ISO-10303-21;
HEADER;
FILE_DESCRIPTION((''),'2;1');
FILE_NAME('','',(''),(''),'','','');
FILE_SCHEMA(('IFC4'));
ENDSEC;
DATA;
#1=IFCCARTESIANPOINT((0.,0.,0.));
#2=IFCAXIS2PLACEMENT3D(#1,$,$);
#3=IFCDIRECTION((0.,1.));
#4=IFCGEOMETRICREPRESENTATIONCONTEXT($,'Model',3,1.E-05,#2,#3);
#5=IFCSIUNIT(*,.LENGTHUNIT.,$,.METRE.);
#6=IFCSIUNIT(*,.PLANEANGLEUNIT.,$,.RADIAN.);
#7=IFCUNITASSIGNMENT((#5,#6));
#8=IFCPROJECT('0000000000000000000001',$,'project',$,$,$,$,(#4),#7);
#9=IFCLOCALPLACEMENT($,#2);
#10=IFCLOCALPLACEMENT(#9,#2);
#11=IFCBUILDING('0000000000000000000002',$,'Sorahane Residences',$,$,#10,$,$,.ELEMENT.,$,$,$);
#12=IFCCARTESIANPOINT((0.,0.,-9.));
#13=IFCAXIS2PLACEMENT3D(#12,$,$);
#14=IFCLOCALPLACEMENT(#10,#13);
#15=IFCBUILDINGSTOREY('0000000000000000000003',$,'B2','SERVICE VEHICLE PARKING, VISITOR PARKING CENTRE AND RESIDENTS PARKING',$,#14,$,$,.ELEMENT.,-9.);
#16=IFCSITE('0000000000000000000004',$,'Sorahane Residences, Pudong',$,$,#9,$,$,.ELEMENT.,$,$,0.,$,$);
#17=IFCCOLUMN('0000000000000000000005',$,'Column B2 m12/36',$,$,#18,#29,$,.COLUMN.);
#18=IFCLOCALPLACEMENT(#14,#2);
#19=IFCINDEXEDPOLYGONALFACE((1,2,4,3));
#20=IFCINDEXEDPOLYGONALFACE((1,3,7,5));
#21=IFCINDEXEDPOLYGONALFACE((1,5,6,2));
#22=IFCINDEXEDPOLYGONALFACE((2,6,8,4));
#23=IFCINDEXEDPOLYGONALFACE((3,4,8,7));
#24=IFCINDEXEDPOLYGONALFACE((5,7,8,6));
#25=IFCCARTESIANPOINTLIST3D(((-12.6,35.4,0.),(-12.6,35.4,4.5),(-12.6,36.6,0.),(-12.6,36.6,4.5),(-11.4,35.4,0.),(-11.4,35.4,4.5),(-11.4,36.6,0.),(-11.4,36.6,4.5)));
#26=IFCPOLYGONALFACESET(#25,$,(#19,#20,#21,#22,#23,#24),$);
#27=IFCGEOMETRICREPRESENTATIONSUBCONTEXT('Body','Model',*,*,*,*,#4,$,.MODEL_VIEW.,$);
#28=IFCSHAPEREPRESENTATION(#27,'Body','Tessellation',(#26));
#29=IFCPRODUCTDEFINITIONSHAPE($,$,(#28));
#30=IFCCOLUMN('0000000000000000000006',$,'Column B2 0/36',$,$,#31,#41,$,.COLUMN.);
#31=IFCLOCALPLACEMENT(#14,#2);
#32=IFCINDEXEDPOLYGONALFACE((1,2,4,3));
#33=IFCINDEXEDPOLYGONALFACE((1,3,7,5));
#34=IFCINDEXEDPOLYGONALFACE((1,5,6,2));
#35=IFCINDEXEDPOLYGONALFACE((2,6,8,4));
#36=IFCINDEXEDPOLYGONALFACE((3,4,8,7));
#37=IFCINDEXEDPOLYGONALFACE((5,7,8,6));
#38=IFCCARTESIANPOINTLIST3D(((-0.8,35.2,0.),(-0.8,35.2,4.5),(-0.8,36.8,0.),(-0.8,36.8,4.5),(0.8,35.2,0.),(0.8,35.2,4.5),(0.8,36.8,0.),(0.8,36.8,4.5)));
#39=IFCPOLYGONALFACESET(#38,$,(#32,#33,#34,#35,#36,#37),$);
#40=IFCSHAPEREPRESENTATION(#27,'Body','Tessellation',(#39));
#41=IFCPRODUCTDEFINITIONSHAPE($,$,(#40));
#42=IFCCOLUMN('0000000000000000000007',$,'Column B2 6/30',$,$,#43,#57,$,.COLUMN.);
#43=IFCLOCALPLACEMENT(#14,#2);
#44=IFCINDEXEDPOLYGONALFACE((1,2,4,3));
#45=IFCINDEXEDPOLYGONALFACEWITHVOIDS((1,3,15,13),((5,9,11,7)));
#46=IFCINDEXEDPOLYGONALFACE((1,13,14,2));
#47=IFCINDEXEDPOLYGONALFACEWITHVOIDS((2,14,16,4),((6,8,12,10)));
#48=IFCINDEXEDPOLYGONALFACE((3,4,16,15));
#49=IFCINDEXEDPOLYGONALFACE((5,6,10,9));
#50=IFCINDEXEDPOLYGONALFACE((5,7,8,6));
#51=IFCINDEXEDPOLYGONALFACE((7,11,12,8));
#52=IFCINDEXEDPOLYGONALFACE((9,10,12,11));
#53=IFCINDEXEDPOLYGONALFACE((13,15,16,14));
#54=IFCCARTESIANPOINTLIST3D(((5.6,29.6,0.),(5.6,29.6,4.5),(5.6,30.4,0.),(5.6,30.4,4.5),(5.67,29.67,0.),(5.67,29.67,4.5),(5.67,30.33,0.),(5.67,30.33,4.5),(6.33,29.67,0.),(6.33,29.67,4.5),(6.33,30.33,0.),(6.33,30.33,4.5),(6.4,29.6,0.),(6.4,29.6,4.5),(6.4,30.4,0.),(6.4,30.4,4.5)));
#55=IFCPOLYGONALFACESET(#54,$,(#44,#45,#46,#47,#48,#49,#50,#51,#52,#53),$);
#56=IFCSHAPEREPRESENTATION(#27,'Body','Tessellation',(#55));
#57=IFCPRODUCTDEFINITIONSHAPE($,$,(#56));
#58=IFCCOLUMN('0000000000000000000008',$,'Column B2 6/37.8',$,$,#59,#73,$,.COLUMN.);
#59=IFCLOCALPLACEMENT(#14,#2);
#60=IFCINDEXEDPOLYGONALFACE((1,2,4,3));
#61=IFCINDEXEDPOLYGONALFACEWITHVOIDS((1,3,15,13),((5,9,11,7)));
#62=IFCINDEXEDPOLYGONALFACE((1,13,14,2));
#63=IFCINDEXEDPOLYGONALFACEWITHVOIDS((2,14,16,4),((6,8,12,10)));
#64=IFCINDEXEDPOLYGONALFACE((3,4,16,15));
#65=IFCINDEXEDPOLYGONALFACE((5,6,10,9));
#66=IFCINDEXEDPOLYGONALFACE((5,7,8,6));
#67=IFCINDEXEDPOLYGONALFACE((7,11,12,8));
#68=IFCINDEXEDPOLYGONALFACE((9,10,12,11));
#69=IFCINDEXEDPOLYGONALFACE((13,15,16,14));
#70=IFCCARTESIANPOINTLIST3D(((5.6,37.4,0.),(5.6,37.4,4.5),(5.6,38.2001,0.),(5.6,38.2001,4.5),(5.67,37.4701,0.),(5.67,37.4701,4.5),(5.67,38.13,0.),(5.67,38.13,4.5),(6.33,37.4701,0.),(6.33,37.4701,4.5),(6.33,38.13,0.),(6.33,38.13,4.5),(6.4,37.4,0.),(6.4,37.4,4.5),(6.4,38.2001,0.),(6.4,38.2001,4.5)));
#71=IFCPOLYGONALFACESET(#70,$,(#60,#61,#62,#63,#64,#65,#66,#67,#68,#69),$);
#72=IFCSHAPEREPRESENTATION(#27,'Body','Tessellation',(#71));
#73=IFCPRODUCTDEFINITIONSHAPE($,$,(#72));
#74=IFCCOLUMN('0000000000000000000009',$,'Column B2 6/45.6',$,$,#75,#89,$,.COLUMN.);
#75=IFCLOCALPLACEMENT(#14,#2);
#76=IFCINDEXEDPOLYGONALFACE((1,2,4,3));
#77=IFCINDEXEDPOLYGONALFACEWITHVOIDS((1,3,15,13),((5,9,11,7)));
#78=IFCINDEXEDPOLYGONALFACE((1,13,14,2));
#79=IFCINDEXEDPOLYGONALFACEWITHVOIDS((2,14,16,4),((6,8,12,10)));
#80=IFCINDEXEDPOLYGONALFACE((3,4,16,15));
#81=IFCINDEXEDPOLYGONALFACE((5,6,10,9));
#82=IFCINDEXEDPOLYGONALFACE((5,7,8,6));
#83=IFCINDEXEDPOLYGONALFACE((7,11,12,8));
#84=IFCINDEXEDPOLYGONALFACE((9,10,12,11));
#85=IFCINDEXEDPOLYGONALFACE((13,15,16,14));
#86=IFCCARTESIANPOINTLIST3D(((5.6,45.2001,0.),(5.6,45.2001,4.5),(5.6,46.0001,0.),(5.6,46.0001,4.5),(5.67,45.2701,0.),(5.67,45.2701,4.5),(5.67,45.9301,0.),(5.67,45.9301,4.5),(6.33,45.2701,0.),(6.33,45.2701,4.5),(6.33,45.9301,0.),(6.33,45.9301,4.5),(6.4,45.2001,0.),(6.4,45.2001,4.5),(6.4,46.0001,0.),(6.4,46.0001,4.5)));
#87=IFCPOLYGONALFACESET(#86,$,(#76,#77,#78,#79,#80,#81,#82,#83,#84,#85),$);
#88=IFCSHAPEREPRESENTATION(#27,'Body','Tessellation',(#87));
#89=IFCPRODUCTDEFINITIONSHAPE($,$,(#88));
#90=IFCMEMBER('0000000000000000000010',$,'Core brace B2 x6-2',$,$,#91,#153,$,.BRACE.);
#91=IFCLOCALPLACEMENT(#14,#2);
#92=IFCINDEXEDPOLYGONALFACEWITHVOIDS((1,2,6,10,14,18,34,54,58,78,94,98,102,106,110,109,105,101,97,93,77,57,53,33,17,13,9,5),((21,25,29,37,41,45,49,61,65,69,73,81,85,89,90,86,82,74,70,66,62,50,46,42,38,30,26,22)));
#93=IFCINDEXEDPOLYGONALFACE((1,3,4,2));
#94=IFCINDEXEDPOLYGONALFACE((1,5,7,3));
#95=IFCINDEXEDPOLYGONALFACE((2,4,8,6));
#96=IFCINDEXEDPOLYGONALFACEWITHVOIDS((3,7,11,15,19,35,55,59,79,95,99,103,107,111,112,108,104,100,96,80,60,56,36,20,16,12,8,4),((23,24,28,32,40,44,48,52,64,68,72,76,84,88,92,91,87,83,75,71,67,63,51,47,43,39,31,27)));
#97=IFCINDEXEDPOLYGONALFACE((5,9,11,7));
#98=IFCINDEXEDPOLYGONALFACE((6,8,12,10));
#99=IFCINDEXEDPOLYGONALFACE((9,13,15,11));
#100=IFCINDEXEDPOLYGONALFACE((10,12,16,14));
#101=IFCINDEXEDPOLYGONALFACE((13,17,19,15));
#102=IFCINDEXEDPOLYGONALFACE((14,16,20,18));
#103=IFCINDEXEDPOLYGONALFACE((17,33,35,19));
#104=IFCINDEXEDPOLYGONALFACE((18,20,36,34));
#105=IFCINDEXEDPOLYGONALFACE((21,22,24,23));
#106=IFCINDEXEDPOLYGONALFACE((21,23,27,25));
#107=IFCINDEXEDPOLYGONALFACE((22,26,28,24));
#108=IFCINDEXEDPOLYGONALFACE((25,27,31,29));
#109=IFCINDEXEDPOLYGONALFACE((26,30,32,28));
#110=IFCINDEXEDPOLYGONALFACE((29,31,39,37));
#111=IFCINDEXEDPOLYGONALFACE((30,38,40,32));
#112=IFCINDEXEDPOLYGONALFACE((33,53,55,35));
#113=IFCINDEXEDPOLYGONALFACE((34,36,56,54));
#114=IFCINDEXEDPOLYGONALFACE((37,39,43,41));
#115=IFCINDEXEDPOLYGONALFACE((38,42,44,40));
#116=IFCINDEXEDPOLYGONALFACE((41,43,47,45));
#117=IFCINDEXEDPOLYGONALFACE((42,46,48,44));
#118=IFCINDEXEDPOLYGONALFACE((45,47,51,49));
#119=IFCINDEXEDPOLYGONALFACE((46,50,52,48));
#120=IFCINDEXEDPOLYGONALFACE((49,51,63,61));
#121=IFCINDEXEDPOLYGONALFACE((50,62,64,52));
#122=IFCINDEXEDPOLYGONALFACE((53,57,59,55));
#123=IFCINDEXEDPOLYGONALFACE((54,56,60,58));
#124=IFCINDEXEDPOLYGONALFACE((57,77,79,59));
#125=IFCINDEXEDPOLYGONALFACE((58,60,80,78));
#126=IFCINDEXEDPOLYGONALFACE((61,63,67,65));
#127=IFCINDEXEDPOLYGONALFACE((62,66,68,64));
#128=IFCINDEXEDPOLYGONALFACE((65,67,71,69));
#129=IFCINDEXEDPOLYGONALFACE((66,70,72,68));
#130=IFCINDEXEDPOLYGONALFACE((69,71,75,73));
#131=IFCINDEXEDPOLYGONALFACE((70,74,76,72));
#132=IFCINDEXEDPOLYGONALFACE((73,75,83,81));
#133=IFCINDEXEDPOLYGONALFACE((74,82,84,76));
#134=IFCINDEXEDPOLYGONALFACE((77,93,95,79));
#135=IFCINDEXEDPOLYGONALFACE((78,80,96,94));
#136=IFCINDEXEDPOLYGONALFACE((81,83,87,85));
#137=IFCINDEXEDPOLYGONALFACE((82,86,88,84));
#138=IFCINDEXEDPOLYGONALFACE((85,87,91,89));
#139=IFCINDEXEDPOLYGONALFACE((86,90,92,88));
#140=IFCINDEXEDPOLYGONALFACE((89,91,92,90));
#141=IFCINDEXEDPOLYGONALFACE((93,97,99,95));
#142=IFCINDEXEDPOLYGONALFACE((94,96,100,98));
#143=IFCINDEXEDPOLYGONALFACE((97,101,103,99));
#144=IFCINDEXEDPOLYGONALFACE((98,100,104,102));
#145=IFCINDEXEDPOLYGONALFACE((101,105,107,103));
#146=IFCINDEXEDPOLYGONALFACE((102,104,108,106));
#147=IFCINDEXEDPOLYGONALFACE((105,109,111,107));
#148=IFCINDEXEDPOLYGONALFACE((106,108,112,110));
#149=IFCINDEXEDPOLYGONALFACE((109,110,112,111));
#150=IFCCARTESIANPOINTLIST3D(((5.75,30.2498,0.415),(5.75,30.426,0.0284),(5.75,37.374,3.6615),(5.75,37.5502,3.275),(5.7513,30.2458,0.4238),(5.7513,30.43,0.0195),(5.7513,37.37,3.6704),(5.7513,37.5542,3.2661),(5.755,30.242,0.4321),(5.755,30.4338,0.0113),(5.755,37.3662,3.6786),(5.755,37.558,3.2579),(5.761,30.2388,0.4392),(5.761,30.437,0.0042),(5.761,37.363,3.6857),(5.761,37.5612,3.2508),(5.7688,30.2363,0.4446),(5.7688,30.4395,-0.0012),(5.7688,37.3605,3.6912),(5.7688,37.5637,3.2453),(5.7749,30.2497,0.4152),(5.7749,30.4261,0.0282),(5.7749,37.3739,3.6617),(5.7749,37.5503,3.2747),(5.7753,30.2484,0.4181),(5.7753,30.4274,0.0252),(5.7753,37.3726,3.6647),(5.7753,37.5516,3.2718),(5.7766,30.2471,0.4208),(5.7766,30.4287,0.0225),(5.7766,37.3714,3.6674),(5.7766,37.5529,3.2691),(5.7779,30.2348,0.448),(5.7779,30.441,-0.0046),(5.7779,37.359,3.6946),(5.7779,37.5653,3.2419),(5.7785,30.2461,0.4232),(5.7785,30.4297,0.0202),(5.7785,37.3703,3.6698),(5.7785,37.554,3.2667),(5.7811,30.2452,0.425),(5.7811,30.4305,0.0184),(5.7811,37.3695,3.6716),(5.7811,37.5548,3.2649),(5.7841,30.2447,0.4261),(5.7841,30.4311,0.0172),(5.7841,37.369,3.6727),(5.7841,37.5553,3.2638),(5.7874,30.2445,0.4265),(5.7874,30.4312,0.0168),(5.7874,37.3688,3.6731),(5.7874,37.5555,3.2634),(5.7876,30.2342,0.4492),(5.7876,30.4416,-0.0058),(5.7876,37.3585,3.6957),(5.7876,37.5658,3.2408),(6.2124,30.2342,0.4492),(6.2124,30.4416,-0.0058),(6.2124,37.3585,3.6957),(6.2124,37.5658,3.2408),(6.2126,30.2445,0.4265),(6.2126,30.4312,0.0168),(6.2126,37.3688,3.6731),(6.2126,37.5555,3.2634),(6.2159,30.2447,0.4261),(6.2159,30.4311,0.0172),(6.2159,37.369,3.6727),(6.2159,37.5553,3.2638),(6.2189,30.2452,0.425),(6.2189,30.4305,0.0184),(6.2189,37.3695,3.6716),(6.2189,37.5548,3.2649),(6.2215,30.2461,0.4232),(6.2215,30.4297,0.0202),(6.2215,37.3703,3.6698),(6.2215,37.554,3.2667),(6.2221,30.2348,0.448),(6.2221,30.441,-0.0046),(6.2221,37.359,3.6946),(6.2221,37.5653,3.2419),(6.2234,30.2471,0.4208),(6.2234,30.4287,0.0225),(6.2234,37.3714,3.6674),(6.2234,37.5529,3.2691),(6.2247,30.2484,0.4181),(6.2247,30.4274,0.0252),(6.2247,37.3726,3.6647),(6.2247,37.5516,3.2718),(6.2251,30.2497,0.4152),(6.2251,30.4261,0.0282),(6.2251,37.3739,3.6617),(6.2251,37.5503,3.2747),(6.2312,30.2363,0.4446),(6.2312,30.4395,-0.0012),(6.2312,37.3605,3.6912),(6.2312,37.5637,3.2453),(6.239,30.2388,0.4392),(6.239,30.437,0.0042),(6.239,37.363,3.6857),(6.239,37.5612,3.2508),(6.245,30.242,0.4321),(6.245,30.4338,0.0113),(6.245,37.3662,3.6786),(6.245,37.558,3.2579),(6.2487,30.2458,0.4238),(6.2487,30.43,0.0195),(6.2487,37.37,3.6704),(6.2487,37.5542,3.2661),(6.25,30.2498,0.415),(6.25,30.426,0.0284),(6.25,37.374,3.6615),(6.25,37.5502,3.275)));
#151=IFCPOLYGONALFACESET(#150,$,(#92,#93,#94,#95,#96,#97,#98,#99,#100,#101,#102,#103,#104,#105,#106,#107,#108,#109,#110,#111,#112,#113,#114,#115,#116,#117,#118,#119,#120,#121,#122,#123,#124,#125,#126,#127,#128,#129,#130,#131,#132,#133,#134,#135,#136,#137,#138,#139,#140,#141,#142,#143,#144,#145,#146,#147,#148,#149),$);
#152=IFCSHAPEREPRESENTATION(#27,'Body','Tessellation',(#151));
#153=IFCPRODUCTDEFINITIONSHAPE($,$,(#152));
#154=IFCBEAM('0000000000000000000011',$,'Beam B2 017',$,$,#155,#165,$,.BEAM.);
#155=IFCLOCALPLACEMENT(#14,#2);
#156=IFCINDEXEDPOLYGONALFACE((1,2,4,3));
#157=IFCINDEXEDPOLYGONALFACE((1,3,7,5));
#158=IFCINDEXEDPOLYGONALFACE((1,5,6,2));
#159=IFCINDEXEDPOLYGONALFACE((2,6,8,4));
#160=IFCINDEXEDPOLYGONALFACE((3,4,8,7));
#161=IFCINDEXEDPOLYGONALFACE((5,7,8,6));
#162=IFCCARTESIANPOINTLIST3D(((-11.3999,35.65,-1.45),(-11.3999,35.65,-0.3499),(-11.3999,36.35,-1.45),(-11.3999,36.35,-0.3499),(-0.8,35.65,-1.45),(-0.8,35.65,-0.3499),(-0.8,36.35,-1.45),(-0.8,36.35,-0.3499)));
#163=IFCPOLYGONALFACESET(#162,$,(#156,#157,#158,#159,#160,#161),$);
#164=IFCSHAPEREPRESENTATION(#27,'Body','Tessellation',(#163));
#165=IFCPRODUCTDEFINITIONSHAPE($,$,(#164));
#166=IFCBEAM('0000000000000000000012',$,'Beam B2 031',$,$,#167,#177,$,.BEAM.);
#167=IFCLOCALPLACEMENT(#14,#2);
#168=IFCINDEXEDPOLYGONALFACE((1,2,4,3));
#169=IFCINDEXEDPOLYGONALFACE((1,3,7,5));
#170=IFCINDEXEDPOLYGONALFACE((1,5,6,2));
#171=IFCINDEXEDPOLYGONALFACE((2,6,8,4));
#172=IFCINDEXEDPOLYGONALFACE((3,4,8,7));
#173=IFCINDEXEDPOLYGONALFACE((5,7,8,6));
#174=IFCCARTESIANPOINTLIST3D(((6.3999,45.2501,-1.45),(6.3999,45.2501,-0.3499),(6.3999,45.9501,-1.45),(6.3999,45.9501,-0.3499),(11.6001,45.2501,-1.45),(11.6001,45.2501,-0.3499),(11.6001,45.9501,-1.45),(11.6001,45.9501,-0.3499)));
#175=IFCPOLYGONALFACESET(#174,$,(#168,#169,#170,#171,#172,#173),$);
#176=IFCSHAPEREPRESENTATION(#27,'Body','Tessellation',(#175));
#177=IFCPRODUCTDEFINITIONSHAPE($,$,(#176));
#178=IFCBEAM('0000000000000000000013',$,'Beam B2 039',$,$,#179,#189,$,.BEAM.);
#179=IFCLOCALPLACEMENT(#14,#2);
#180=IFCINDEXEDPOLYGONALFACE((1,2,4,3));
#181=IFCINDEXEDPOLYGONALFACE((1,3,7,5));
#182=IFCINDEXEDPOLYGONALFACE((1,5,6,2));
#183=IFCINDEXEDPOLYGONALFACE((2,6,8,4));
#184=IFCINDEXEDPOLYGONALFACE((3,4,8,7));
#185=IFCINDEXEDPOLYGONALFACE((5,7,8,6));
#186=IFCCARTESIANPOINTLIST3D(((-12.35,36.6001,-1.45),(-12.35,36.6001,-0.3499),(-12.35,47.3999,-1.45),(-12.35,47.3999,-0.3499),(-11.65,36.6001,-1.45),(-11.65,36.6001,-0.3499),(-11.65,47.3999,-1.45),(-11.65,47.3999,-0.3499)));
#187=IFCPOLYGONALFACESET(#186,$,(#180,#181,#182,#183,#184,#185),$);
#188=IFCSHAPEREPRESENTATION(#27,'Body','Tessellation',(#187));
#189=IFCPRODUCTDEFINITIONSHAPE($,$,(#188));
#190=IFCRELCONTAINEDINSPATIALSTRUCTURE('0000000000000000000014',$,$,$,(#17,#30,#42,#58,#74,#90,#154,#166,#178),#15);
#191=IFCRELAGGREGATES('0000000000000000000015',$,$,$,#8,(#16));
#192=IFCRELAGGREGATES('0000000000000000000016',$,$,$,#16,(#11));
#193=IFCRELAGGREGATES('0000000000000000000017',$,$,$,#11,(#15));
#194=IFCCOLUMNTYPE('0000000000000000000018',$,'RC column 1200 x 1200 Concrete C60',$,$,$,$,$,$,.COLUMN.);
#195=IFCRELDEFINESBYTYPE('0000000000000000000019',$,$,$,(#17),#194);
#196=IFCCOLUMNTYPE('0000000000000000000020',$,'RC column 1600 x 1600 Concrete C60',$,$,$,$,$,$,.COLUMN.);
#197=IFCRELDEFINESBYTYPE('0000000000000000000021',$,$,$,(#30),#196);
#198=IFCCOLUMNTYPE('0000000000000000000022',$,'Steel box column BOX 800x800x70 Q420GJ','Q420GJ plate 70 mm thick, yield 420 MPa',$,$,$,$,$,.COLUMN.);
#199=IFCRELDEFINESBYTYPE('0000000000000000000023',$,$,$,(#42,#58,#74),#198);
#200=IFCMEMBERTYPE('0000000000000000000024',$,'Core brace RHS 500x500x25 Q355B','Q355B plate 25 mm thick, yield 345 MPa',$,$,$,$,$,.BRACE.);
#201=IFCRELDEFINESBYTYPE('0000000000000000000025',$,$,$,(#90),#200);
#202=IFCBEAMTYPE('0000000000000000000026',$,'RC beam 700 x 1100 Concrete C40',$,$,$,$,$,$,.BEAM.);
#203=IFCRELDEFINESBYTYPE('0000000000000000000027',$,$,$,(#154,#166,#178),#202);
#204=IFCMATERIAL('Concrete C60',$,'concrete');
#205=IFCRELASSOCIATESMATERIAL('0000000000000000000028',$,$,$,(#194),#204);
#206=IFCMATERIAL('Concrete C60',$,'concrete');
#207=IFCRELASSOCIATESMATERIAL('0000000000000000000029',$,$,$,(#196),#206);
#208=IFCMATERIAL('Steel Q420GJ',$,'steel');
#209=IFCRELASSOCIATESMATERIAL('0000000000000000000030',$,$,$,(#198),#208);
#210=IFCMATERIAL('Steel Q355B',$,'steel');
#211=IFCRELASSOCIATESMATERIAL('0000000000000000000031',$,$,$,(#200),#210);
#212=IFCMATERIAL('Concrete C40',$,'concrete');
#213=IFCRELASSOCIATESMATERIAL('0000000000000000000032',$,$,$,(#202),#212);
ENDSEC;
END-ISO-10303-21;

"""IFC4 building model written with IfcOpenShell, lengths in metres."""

from ifc_helpers import new_model, si_unit, direction, frame, origin, origin_2d, place, context, subcontext, project, spatial, rectangle, hollow_rectangle, extrude, material, material_profile, profile_set, type_object, element, save


model = new_model("IFC4")

# Units and contexts
model_context = context("Model", 3, precision=1e-05, world=origin(), true_north=direction((0.0, 1.0)))
body_context = subcontext(model_context, "Body", "Model", "MODEL_VIEW")
ifc_project = project(units=[si_unit("LENGTHUNIT", "METRE"), si_unit("PLANEANGLEUNIT", "RADIAN")], contexts=[model_context])

# Site, building, storey
site_placement = place(None, origin())
site = spatial("IfcSite", under=ifc_project, at=site_placement, Name="Sorahane Residences, Pudong", CompositionType="ELEMENT", RefElevation=0.0)
building_placement = place(site_placement, origin())
building = spatial("IfcBuilding", under=site, at=building_placement, Name="Sorahane Residences", CompositionType="ELEMENT")
storey_placement = place(building_placement, frame((0.0, 0.0, -9.0)))
storey = spatial("IfcBuildingStorey", under=building, at=storey_placement, Name="B2", Description="SERVICE VEHICLE PARKING, VISITOR PARKING CENTRE AND RESIDENTS PARKING", CompositionType="ELEMENT", Elevation=-9.0)

# Columns
ifc_material_1 = material(Name="Concrete C60", Category="concrete")
ifc_material_profile_1 = material_profile(ifc_material_1, rectangle(XDim=1.2, YDim=1.2, at=origin_2d()), Name="1200x1200")
ifc_profile_set_1 = profile_set([ifc_material_profile_1], Name="Concrete C60")
column_type_1 = type_object("IfcColumnType", Name="RC column 1200 x 1200 Concrete C60", PredefinedType="COLUMN", material=ifc_profile_set_1)
column_1_placement = place(storey_placement, frame((-12.0, 36.0, 0.0), z_axis=(0.0, 0.0, 1.0), x_axis=(1.0, 0.0, 0.0)))
element("IfcColumn", 1, at=column_1_placement, inside=storey, type_object=column_type_1, Name="Column B2 m12/36", PredefinedType="COLUMN", context=body_context, shape_type="SweptSolid", body=[
    extrude(rectangle(XDim=1.2, YDim=1.2, at=origin_2d()), origin(), (0.0, 0.0, 1.0), 4.5),
])
ifc_material_2 = material(Name="Concrete C60", Category="concrete")
ifc_material_profile_2 = material_profile(ifc_material_2, rectangle(XDim=1.6001, YDim=1.6001, at=origin_2d()), Name="1600x1600")
ifc_profile_set_2 = profile_set([ifc_material_profile_2], Name="Concrete C60")
column_type_2 = type_object("IfcColumnType", Name="RC column 1600 x 1600 Concrete C60", PredefinedType="COLUMN", material=ifc_profile_set_2)
column_2_placement = place(storey_placement, frame((0.0, 36.0, 0.0), z_axis=(0.0, 0.0, 1.0), x_axis=(1.0, 0.0, 0.0)))
element("IfcColumn", 2, at=column_2_placement, inside=storey, type_object=column_type_2, Name="Column B2 0/36", PredefinedType="COLUMN", context=body_context, shape_type="SweptSolid", body=[
    extrude(rectangle(XDim=1.6001, YDim=1.6001, at=origin_2d()), origin(), (0.0, 0.0, 1.0), 4.5),
])
ifc_material_3 = material(Name="Steel Q420GJ", Category="steel")
ifc_material_profile_3 = material_profile(ifc_material_3, hollow_rectangle(XDim=0.8, YDim=0.8, WallThickness=0.0701, at=origin_2d()), Name="BOX 800x800x70")
ifc_profile_set_3 = profile_set([ifc_material_profile_3], Name="Steel Q420GJ")
column_type_3 = type_object("IfcColumnType", Name="Steel box column BOX 800x800x70 Q420GJ", Description="Q420GJ plate 70 mm thick, yield 420 MPa", PredefinedType="COLUMN", material=ifc_profile_set_3)
for number, where, z_axis, x_axis, name in (
    (3, (6.0, 30.0, 0.0), (0.0, 0.0, 1.0), (1.0, 0.0, 0.0), "Column B2 6/30"),
    (4, (6.0, 37.8, 0.0), (0.0, 0.0, 1.0), (1.0, 0.0, 0.0), "Column B2 6/37.8"),
    (5, (6.0, 45.6001, 0.0), (0.0, 0.0, 1.0), (1.0, 0.0, 0.0), "Column B2 6/45.6"),
):
    element("IfcColumn", number, at=place(storey_placement, frame(where, z_axis=z_axis, x_axis=x_axis)), inside=storey, type_object=column_type_3, Name=name, PredefinedType="COLUMN", context=body_context, shape_type="SweptSolid", body=[
        extrude(hollow_rectangle(XDim=0.8, YDim=0.8, WallThickness=0.0701, at=origin_2d()), origin(), (0.0, 0.0, 1.0), 4.5),
    ])

# Member
ifc_material_4 = material(Name="Steel Q355B", Category="steel")
ifc_material_profile_4 = material_profile(ifc_material_4, hollow_rectangle(XDim=0.5, YDim=0.5, WallThickness=0.0249, InnerFilletRadius=0.0125, OuterFilletRadius=0.0376, at=origin_2d()), Name="RHS 500x500x25")
ifc_profile_set_4 = profile_set([ifc_material_profile_4], Name="Steel Q355B")
member_type = type_object("IfcMemberType", Name="Core brace RHS 500x500x25 Q355B", Description="Q355B plate 25 mm thick, yield 345 MPa", PredefinedType="BRACE", material=ifc_profile_set_4)
member_placement = place(storey_placement, frame((6.0, 30.3379, 0.2217), z_axis=(0.0, 0.909968, 0.414679), x_axis=(-1.0, 0.0, 0.0)))
element("IfcMember", 6, at=member_placement, inside=storey, type_object=member_type, Name="Core brace B2 x6-2", PredefinedType="BRACE", context=body_context, shape_type="SweptSolid", body=[
    extrude(hollow_rectangle(XDim=0.5, YDim=0.5, WallThickness=0.0249, InnerFilletRadius=0.0125, OuterFilletRadius=0.0376, at=origin_2d()), origin(), (0.0, 0.0, 1.0), 7.8291),
])

# Beams
ifc_material_5 = material(Name="Concrete C40", Category="concrete")
ifc_material_profile_5 = material_profile(ifc_material_5, rectangle(XDim=0.7, YDim=1.1001, at=origin_2d()), Name="700x1100")
ifc_profile_set_5 = profile_set([ifc_material_profile_5], Name="Concrete C40")
beam_type_1 = type_object("IfcBeamType", Name="RC beam 700 x 1100 Concrete C40", PredefinedType="BEAM", material=ifc_profile_set_5)
beam_1_placement = place(storey_placement, frame((-11.3999, 36.0, -0.8999), z_axis=(1.0, 0.0, 0.0), x_axis=(0.0, 1.0, 0.0)))
element("IfcBeam", 7, at=beam_1_placement, inside=storey, type_object=beam_type_1, Name="Beam B2 017", PredefinedType="BEAM", context=body_context, shape_type="SweptSolid", body=[
    extrude(rectangle(XDim=0.7, YDim=1.1001, at=origin_2d()), origin(), (0.0, 0.0, 1.0), 10.5999),
])
beam_2_placement = place(storey_placement, frame((6.3999, 45.6001, -0.8999), z_axis=(1.0, 0.0, 0.0), x_axis=(0.0, 1.0, 0.0)))
element("IfcBeam", 8, at=beam_2_placement, inside=storey, type_object=beam_type_1, Name="Beam B2 031", PredefinedType="BEAM", context=body_context, shape_type="SweptSolid", body=[
    extrude(rectangle(XDim=0.7, YDim=1.1001, at=origin_2d()), origin(), (0.0, 0.0, 1.0), 5.2002),
])
beam_3_placement = place(storey_placement, frame((-12.0, 36.6001, -0.8999), z_axis=(0.0, 1.0, 0.0), x_axis=(-1.0, 0.0, 0.0)))
element("IfcBeam", 9, at=beam_3_placement, inside=storey, type_object=beam_type_1, Name="Beam B2 039", PredefinedType="BEAM", context=body_context, shape_type="SweptSolid", body=[
    extrude(rectangle(XDim=0.7, YDim=1.1001, at=origin_2d()), origin(), (0.0, 0.0, 1.0), 10.7998),
])

save(model, "model.ifc")
